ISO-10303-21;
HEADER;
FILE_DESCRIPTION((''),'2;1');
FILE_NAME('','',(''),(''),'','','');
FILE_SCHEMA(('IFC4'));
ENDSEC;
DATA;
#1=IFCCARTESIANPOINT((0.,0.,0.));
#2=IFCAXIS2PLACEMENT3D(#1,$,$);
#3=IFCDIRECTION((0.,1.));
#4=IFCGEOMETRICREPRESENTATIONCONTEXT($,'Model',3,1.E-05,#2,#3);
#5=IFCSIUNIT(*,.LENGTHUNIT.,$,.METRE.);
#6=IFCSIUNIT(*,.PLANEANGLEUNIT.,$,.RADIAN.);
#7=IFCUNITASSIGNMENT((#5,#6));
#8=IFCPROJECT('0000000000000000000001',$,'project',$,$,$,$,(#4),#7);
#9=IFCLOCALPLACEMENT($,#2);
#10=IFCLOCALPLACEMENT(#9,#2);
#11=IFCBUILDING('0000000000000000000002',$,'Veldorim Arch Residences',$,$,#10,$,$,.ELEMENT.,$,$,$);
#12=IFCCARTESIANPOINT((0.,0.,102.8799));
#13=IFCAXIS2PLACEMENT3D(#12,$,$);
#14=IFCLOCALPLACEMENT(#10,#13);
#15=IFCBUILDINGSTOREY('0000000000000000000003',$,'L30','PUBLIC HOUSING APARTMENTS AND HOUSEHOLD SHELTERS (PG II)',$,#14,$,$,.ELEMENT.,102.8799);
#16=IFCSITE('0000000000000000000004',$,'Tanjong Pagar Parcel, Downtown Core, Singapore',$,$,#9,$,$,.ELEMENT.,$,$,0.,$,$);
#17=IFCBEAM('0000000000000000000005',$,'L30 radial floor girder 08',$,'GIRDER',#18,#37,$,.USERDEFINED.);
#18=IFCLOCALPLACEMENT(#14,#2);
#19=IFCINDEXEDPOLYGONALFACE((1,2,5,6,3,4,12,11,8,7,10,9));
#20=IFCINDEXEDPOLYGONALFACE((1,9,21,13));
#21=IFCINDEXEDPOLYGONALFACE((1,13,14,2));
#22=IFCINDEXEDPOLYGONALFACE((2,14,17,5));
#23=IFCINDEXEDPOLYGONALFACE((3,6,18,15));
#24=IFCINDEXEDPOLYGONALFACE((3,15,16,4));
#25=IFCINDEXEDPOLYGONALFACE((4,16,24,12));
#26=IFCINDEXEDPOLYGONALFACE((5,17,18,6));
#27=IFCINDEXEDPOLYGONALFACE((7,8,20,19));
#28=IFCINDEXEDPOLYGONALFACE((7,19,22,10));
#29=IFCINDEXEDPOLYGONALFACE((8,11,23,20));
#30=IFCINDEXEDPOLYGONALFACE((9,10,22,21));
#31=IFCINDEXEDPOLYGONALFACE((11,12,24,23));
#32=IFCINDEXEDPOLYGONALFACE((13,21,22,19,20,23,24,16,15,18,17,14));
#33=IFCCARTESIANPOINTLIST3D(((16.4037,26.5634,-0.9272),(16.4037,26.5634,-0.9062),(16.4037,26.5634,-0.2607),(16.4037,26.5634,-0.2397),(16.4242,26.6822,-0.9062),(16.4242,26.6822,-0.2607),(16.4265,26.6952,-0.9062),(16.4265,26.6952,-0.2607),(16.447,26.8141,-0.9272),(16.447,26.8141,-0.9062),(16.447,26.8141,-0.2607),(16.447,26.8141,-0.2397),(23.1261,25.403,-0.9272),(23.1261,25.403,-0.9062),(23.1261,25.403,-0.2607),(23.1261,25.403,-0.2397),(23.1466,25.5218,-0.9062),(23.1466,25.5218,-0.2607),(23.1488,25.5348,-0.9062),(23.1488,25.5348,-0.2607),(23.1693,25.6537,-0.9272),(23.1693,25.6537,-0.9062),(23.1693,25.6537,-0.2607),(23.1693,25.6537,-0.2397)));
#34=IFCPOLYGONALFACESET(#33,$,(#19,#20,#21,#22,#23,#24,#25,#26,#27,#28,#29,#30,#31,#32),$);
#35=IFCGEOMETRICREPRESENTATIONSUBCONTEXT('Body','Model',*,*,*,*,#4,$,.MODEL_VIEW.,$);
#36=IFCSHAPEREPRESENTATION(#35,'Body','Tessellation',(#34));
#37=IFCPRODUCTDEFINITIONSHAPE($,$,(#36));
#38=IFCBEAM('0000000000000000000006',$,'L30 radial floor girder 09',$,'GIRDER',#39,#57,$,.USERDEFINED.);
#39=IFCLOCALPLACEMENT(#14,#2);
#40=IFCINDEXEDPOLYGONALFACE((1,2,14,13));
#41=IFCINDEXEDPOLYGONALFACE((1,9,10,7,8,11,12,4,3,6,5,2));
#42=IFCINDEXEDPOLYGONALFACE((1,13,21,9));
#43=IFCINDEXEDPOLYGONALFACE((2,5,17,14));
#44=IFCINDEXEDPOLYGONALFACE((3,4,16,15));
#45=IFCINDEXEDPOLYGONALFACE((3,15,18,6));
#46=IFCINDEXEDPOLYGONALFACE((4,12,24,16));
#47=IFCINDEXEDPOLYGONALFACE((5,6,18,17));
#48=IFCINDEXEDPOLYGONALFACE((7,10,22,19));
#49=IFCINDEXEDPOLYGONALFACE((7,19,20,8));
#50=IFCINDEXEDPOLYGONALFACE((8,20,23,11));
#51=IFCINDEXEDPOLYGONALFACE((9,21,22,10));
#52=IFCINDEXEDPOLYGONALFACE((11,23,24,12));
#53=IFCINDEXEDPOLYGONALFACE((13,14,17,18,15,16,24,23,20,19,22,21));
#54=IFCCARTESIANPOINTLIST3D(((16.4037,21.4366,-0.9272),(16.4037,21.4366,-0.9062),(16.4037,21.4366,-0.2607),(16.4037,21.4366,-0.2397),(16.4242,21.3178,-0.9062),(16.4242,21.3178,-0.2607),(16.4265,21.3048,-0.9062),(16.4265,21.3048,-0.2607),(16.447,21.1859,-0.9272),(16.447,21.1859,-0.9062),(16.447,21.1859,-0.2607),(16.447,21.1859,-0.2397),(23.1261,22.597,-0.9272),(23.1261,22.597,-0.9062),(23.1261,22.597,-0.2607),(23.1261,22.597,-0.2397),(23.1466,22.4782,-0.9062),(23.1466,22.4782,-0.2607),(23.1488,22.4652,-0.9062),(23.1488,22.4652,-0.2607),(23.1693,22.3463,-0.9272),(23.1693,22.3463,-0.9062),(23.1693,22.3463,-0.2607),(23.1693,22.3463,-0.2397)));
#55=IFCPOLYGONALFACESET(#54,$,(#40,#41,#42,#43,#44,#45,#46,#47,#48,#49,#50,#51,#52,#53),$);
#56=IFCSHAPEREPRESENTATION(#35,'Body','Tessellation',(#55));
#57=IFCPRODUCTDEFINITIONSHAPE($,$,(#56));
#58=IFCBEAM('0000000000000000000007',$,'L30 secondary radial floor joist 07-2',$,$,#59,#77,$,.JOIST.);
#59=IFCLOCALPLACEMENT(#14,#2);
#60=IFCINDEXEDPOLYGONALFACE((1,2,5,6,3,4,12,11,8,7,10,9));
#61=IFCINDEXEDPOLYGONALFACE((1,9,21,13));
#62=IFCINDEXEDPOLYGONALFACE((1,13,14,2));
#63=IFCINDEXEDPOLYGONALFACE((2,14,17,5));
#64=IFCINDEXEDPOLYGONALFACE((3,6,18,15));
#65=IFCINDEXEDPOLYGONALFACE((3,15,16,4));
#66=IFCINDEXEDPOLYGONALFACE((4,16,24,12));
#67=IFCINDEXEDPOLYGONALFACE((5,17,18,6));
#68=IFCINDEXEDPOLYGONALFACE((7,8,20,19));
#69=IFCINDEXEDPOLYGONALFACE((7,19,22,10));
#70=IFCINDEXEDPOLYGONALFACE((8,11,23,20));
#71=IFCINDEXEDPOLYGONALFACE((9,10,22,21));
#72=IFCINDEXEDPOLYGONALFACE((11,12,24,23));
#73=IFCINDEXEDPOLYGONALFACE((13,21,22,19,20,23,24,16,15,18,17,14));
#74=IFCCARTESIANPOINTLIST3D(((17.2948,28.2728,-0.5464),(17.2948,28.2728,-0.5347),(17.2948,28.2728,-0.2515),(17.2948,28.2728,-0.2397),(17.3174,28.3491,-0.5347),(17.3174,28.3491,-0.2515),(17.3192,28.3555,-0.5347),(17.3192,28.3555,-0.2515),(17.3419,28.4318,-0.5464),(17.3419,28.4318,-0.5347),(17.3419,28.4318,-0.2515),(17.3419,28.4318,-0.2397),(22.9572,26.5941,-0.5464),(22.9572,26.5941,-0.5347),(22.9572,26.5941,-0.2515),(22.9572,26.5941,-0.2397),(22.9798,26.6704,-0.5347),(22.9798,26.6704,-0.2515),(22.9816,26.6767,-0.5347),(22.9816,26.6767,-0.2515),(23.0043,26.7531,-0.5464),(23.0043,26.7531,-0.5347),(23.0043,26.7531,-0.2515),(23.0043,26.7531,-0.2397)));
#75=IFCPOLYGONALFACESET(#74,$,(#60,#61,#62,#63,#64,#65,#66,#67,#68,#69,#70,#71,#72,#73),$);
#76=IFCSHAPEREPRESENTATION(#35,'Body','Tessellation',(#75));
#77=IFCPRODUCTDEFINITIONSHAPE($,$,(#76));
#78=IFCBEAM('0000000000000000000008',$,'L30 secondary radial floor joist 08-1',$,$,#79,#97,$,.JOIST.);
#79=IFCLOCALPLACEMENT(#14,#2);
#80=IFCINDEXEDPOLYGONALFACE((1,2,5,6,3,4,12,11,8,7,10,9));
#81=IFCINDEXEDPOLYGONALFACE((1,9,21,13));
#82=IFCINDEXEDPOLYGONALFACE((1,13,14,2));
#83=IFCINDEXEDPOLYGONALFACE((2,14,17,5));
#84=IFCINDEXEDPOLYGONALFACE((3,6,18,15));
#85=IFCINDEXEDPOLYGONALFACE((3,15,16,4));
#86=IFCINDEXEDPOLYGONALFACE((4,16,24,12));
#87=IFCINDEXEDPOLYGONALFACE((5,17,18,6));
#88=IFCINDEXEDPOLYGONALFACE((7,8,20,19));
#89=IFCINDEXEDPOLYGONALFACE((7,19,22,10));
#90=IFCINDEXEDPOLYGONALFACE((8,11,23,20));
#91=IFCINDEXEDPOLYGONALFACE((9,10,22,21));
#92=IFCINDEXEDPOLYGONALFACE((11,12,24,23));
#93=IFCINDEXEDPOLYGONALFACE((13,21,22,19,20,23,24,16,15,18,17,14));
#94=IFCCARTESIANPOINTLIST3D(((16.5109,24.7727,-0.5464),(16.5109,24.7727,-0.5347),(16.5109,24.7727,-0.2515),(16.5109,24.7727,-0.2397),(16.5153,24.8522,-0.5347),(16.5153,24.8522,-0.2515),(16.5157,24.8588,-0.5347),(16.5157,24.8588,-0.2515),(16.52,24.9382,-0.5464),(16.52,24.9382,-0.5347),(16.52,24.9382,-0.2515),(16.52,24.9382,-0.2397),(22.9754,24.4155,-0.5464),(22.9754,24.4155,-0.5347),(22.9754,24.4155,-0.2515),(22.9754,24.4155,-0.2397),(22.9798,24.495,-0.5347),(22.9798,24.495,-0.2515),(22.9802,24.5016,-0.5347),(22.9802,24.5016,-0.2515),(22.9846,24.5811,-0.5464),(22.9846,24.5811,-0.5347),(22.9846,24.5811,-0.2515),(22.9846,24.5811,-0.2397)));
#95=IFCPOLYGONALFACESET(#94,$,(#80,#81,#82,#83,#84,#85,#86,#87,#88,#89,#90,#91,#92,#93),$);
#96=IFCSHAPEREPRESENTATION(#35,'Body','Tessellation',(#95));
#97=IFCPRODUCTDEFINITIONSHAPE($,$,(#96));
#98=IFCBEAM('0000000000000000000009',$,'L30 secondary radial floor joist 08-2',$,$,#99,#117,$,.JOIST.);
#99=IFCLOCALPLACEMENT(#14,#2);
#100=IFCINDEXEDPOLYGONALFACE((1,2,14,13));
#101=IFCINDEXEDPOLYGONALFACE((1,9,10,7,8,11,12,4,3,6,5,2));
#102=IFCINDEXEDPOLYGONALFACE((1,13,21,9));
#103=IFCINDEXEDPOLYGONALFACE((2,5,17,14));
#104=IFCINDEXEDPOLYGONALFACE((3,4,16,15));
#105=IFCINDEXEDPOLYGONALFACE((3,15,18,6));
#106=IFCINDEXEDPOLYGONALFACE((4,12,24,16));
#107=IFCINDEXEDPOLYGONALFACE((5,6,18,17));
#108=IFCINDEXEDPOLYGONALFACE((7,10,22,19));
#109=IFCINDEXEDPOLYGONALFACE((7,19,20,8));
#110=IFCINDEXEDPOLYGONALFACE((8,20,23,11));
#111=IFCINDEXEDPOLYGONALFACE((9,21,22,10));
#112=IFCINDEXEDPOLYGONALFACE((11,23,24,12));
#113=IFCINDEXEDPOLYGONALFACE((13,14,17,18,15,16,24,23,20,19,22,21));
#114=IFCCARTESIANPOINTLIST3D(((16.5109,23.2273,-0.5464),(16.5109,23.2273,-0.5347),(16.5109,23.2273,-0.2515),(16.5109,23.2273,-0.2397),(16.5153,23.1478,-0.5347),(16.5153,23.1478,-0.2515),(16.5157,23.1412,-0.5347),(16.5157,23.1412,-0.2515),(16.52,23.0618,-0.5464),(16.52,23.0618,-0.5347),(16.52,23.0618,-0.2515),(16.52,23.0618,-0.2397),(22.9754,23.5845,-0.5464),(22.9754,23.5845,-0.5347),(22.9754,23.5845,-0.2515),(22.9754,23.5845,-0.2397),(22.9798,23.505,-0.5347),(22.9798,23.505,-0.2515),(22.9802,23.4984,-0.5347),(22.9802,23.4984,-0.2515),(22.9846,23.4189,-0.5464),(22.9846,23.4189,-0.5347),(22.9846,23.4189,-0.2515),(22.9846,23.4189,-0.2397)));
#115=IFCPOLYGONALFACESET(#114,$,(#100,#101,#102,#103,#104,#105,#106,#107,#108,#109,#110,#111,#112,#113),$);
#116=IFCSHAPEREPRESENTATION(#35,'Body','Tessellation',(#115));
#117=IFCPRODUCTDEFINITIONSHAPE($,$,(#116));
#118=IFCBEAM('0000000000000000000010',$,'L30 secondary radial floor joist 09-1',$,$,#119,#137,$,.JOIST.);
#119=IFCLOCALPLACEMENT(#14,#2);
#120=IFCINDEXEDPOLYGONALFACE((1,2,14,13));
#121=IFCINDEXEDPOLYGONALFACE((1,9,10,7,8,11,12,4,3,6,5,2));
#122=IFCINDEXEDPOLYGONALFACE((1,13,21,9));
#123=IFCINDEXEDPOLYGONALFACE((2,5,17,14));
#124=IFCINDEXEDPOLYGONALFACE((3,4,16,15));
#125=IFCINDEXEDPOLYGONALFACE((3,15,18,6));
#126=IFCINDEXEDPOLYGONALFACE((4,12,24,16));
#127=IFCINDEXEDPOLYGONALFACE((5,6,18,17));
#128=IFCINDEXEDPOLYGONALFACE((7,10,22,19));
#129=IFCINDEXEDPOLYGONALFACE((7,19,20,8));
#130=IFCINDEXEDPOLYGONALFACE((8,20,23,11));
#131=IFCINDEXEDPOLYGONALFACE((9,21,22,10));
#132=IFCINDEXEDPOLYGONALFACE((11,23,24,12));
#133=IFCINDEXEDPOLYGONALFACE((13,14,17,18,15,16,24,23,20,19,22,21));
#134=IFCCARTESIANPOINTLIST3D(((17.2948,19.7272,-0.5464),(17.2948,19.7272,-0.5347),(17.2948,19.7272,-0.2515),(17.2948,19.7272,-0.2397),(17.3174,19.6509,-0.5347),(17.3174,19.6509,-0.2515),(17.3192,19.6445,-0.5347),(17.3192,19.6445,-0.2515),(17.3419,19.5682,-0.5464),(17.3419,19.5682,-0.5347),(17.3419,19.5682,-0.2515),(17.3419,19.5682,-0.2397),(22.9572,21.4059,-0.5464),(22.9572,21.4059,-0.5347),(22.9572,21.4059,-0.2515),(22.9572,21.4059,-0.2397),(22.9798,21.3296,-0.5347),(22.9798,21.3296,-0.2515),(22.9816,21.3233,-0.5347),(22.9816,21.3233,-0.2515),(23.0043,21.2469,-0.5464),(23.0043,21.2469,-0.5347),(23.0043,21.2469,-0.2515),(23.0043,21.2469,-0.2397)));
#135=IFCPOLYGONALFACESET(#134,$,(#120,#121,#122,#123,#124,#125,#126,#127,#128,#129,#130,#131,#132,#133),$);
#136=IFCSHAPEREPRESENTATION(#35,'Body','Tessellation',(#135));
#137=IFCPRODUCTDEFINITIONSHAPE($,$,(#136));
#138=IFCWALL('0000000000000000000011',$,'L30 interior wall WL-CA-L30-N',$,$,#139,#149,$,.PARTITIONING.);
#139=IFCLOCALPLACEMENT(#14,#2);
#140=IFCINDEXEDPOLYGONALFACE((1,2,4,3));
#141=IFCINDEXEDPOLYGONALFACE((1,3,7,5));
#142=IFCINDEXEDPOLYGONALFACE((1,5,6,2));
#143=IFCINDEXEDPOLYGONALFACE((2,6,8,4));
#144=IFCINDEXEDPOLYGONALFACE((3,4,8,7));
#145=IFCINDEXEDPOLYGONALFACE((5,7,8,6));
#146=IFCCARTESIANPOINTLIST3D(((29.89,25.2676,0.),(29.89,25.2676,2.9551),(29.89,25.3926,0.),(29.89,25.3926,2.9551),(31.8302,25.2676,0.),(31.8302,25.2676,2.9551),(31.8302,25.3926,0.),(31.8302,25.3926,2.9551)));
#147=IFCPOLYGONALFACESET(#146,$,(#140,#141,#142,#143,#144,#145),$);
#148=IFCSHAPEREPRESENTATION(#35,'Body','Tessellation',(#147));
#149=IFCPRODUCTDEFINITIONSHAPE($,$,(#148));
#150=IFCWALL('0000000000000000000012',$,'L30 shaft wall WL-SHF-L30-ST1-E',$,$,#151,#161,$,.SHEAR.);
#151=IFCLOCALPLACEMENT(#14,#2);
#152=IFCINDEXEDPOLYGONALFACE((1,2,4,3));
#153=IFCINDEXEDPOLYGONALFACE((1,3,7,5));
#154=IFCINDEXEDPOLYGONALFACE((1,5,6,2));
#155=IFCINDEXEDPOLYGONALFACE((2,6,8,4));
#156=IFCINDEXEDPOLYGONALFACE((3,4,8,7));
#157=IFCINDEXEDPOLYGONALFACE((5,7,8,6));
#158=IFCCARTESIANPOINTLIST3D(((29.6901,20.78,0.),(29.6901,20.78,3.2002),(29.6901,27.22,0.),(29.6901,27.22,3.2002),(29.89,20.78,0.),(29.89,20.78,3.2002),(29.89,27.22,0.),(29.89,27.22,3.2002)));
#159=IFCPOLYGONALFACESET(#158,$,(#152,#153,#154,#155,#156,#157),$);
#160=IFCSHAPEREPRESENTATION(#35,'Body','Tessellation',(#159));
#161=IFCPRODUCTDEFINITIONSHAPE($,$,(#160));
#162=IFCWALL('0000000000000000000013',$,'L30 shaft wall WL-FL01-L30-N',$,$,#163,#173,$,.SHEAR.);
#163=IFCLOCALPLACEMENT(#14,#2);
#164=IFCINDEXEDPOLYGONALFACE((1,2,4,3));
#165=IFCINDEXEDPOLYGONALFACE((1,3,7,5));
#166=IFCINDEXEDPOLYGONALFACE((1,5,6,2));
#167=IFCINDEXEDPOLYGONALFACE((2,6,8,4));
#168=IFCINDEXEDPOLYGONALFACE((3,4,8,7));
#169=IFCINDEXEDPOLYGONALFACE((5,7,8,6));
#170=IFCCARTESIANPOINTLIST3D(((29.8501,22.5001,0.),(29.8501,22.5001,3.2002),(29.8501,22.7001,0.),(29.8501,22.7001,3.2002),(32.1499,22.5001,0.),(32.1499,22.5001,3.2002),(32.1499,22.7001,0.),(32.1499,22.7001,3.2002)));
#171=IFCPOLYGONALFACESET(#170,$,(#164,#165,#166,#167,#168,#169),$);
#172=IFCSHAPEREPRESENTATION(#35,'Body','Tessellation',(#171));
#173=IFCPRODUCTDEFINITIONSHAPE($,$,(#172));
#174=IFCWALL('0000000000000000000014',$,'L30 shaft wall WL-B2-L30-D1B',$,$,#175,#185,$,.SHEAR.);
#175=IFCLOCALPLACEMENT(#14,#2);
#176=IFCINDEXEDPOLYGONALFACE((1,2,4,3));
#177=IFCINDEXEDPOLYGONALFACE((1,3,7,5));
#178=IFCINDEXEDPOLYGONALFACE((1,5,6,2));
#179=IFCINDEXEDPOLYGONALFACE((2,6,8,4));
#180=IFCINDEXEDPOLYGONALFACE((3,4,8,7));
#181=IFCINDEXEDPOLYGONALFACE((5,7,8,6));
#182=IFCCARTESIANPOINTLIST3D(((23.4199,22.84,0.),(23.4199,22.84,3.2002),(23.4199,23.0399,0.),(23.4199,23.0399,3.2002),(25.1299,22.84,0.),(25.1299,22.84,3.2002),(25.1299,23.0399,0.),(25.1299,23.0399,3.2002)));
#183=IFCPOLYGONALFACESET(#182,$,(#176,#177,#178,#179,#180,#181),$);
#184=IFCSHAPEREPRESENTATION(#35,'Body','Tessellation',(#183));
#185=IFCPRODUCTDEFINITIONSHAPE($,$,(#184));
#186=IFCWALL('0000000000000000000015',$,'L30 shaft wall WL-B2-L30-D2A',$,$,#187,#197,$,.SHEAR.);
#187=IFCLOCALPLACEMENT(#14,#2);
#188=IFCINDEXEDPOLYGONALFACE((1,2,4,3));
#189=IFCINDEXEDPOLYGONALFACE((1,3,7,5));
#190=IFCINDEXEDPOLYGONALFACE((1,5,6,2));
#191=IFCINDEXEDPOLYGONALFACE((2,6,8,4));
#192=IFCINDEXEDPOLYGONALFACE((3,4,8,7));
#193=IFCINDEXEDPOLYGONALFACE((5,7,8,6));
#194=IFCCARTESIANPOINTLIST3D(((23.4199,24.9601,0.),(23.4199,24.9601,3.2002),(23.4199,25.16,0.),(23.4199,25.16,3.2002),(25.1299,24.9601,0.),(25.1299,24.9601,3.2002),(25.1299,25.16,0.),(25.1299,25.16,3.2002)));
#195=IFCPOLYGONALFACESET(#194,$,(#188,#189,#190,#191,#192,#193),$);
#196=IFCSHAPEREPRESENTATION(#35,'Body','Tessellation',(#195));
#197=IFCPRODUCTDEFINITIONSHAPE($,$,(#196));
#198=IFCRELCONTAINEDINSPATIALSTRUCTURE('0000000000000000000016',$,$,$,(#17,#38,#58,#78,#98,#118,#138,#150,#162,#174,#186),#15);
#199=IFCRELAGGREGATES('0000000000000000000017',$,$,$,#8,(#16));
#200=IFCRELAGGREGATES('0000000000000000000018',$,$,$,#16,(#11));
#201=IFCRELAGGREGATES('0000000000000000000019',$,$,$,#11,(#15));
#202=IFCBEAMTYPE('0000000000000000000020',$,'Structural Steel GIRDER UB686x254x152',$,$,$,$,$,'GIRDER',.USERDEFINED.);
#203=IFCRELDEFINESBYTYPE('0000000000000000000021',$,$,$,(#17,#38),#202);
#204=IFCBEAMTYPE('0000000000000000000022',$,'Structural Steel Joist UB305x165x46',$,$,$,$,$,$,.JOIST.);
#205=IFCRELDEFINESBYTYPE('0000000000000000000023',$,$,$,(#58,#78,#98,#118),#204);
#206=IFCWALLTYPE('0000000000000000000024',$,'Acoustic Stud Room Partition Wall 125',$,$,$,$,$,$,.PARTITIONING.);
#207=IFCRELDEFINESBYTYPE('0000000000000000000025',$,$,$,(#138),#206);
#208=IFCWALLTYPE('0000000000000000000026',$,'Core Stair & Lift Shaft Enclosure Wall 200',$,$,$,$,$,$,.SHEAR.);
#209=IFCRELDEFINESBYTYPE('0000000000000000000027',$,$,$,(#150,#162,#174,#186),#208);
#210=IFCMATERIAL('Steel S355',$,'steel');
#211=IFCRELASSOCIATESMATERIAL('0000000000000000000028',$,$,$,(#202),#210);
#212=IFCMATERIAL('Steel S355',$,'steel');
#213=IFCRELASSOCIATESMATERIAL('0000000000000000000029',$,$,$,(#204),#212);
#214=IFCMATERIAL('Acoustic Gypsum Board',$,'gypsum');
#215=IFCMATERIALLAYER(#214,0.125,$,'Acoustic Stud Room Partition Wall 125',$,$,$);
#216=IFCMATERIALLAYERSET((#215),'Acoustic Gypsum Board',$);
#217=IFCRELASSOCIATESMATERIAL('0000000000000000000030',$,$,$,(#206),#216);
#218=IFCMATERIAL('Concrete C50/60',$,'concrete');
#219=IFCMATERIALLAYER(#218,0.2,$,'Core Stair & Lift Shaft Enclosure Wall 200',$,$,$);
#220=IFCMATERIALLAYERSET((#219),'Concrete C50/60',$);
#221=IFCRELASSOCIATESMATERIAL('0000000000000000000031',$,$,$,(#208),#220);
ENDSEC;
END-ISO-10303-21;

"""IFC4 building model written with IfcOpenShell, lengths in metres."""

from ifc_helpers import new_model, si_unit, direction, frame, frame_2d, origin, origin_2d, place, context, subcontext, project, spatial, rectangle, i_section, extrude, material, layer, layer_set, material_profile, profile_set, type_object, element, save


model = new_model("IFC4")

# Units and contexts
model_context = context("Model", 3, precision=1e-05, world=origin(), true_north=direction((0.0, 1.0)))
body_context = subcontext(model_context, "Body", "Model", "MODEL_VIEW")
ifc_project = project(units=[si_unit("LENGTHUNIT", "METRE"), si_unit("PLANEANGLEUNIT", "RADIAN")], contexts=[model_context])

# Site, building, storey
site_placement = place(None, origin())
site = spatial("IfcSite", under=ifc_project, at=site_placement, Name="Tanjong Pagar Parcel, Downtown Core, Singapore", CompositionType="ELEMENT", RefElevation=0.0)
building_placement = place(site_placement, origin())
building = spatial("IfcBuilding", under=site, at=building_placement, Name="Veldorim Arch Residences", CompositionType="ELEMENT")
storey_placement = place(building_placement, frame((0.0, 0.0, 102.8799)))
storey = spatial("IfcBuildingStorey", under=building, at=storey_placement, Name="L30", Description="PUBLIC HOUSING APARTMENTS AND HOUSEHOLD SHELTERS (PG II)", CompositionType="ELEMENT", Elevation=102.8799)

# Beams
ifc_material_1 = material(Name="Steel S355", Category="steel")
ifc_material_profile_1 = material_profile(ifc_material_1, i_section(OverallWidth=0.2544, OverallDepth=0.6875, WebThickness=0.0132, FlangeThickness=0.021, at=origin_2d()), Name="UB686x254x152")
ifc_profile_set_1 = profile_set([ifc_material_profile_1], Name="Steel S355")
beam_type_1 = type_object("IfcBeamType", Name="Structural Steel GIRDER UB686x254x152", ElementType="GIRDER", PredefinedType="USERDEFINED", material=ifc_profile_set_1)
for number, where, z_axis, x_axis, name in (
    (1, (23.1477, 25.5283, -0.5835), (-0.985427, 0.170101, 0.0), (-0.170101, -0.985427, 0.0), "L30 radial floor girder 08"),
    (2, (23.1477, 22.4717, -0.5835), (-0.985427, -0.170101, 0.0), (0.170101, -0.985427, 0.0), "L30 radial floor girder 09"),
):
    element("IfcBeam", number, at=place(storey_placement, frame(where, z_axis=z_axis, x_axis=x_axis)), inside=storey, type_object=beam_type_1, Name=name, ObjectType="GIRDER", PredefinedType="USERDEFINED", context=body_context, shape_type="SweptSolid", body=[
        extrude(i_section(OverallWidth=0.2544, OverallDepth=0.6875, WebThickness=0.0132, FlangeThickness=0.021, at=origin_2d()), origin(), (0.0, 0.0, 1.0), 6.8218),
    ])
ifc_material_2 = material(Name="Steel S355", Category="steel")
ifc_material_profile_2 = material_profile(ifc_material_2, i_section(OverallWidth=0.1658, OverallDepth=0.3066, WebThickness=0.0066, FlangeThickness=0.0117, at=origin_2d()), Name="UB305x165x46")
ifc_profile_set_2 = profile_set([ifc_material_profile_2], Name="Steel S355")
beam_type_2 = type_object("IfcBeamType", Name="Structural Steel Joist UB305x165x46", PredefinedType="JOIST", material=ifc_profile_set_2)
beam_1_placement = place(storey_placement, frame((22.9807, 26.6736, -0.3931), z_axis=(-0.958753, 0.28424, 0.0), x_axis=(-0.28424, -0.958753, 0.0)))
element("IfcBeam", 3, at=beam_1_placement, inside=storey, type_object=beam_type_2, Name="L30 secondary radial floor joist 07-2", PredefinedType="JOIST", context=body_context, shape_type="SweptSolid", body=[
    extrude(i_section(OverallWidth=0.1658, OverallDepth=0.3066, WebThickness=0.0066, FlangeThickness=0.0117, at=origin_2d()), origin(), (0.0, 0.0, 1.0), 5.906),
])
for number, where, z_axis, x_axis, name in (
    (4, (22.98, 24.4983, -0.3931), (-0.998477, 0.055167, 0.0), (-0.055167, -0.998477, 0.0), "L30 secondary radial floor joist 08-1"),
    (5, (22.98, 23.5017, -0.3931), (-0.998477, -0.055167, 0.0), (0.055167, -0.998477, 0.0), "L30 secondary radial floor joist 08-2"),
):
    element("IfcBeam", number, at=place(storey_placement, frame(where, z_axis=z_axis, x_axis=x_axis)), inside=storey, type_object=beam_type_2, Name=name, PredefinedType="JOIST", context=body_context, shape_type="SweptSolid", body=[
        extrude(i_section(OverallWidth=0.1658, OverallDepth=0.3066, WebThickness=0.0066, FlangeThickness=0.0117, at=origin_2d()), origin(), (0.0, 0.0, 1.0), 6.4744),
    ])
beam_2_placement = place(storey_placement, frame((22.9807, 21.3264, -0.3931), z_axis=(-0.958753, -0.28424, 0.0), x_axis=(0.28424, -0.958753, 0.0)))
element("IfcBeam", 6, at=beam_2_placement, inside=storey, type_object=beam_type_2, Name="L30 secondary radial floor joist 09-1", PredefinedType="JOIST", context=body_context, shape_type="SweptSolid", body=[
    extrude(i_section(OverallWidth=0.1658, OverallDepth=0.3066, WebThickness=0.0066, FlangeThickness=0.0117, at=origin_2d()), origin(), (0.0, 0.0, 1.0), 5.906),
])

# Walls
ifc_material_3 = material(Name="Acoustic Gypsum Board", Category="gypsum")
ifc_layer_1 = layer(ifc_material_3, 0.125, Name="Acoustic Stud Room Partition Wall 125")
ifc_layer_set_1 = layer_set([ifc_layer_1], Name="Acoustic Gypsum Board")
wall_type_1 = type_object("IfcWallType", Name="Acoustic Stud Room Partition Wall 125", PredefinedType="PARTITIONING", material=ifc_layer_set_1)
wall_1_placement = place(storey_placement, frame((29.8899, 25.3301, 0.0), z_axis=(0.0, 0.0, 1.0), x_axis=(1.0, 0.0, 0.0)))
element("IfcWall", 7, at=wall_1_placement, inside=storey, type_object=wall_type_1, Name="L30 interior wall WL-CA-L30-N", PredefinedType="PARTITIONING", context=body_context, shape_type="SweptSolid", body=[
    extrude(rectangle(XDim=1.9402, YDim=0.125, at=frame_2d((0.9702, 0.0))), origin(), (0.0, 0.0, 1.0), 2.9551),
])
ifc_material_4 = material(Name="Concrete C50/60", Category="concrete")
ifc_layer_2 = layer(ifc_material_4, 0.2, Name="Core Stair & Lift Shaft Enclosure Wall 200")
ifc_layer_set_2 = layer_set([ifc_layer_2], Name="Concrete C50/60")
wall_type_2 = type_object("IfcWallType", Name="Core Stair & Lift Shaft Enclosure Wall 200", PredefinedType="SHEAR", material=ifc_layer_set_2)
wall_2_placement = place(storey_placement, frame((29.79, 20.78, 0.0), z_axis=(0.0, 0.0, 1.0), x_axis=(0.0, 1.0, 0.0)))
element("IfcWall", 8, at=wall_2_placement, inside=storey, type_object=wall_type_2, Name="L30 shaft wall WL-SHF-L30-ST1-E", PredefinedType="SHEAR", context=body_context, shape_type="SweptSolid", body=[
    extrude(rectangle(XDim=6.4399, YDim=0.2, at=frame_2d((3.22, 0.0))), origin(), (0.0, 0.0, 1.0), 3.2002),
])
wall_3_placement = place(storey_placement, frame((29.8501, 22.6001, 0.0), z_axis=(0.0, 0.0, 1.0), x_axis=(1.0, 0.0, 0.0)))
element("IfcWall", 9, at=wall_3_placement, inside=storey, type_object=wall_type_2, Name="L30 shaft wall WL-FL01-L30-N", PredefinedType="SHEAR", context=body_context, shape_type="SweptSolid", body=[
    extrude(rectangle(XDim=2.2998, YDim=0.2, at=frame_2d((1.1499, 0.0))), origin(), (0.0, 0.0, 1.0), 3.2002),
])
for number, where, z_axis, x_axis, name in (
    (10, (23.4199, 22.9399, 0.0), (0.0, 0.0, 1.0), (1.0, 0.0, 0.0), "L30 shaft wall WL-B2-L30-D1B"),
    (11, (23.4199, 25.0601, 0.0), (0.0, 0.0, 1.0), (1.0, 0.0, 0.0), "L30 shaft wall WL-B2-L30-D2A"),
):
    element("IfcWall", number, at=place(storey_placement, frame(where, z_axis=z_axis, x_axis=x_axis)), inside=storey, type_object=wall_type_2, Name=name, PredefinedType="SHEAR", context=body_context, shape_type="SweptSolid", body=[
        extrude(rectangle(XDim=1.71, YDim=0.2, at=frame_2d((0.855, 0.0))), origin(), (0.0, 0.0, 1.0), 3.2002),
    ])

save(model, "model.ifc")
